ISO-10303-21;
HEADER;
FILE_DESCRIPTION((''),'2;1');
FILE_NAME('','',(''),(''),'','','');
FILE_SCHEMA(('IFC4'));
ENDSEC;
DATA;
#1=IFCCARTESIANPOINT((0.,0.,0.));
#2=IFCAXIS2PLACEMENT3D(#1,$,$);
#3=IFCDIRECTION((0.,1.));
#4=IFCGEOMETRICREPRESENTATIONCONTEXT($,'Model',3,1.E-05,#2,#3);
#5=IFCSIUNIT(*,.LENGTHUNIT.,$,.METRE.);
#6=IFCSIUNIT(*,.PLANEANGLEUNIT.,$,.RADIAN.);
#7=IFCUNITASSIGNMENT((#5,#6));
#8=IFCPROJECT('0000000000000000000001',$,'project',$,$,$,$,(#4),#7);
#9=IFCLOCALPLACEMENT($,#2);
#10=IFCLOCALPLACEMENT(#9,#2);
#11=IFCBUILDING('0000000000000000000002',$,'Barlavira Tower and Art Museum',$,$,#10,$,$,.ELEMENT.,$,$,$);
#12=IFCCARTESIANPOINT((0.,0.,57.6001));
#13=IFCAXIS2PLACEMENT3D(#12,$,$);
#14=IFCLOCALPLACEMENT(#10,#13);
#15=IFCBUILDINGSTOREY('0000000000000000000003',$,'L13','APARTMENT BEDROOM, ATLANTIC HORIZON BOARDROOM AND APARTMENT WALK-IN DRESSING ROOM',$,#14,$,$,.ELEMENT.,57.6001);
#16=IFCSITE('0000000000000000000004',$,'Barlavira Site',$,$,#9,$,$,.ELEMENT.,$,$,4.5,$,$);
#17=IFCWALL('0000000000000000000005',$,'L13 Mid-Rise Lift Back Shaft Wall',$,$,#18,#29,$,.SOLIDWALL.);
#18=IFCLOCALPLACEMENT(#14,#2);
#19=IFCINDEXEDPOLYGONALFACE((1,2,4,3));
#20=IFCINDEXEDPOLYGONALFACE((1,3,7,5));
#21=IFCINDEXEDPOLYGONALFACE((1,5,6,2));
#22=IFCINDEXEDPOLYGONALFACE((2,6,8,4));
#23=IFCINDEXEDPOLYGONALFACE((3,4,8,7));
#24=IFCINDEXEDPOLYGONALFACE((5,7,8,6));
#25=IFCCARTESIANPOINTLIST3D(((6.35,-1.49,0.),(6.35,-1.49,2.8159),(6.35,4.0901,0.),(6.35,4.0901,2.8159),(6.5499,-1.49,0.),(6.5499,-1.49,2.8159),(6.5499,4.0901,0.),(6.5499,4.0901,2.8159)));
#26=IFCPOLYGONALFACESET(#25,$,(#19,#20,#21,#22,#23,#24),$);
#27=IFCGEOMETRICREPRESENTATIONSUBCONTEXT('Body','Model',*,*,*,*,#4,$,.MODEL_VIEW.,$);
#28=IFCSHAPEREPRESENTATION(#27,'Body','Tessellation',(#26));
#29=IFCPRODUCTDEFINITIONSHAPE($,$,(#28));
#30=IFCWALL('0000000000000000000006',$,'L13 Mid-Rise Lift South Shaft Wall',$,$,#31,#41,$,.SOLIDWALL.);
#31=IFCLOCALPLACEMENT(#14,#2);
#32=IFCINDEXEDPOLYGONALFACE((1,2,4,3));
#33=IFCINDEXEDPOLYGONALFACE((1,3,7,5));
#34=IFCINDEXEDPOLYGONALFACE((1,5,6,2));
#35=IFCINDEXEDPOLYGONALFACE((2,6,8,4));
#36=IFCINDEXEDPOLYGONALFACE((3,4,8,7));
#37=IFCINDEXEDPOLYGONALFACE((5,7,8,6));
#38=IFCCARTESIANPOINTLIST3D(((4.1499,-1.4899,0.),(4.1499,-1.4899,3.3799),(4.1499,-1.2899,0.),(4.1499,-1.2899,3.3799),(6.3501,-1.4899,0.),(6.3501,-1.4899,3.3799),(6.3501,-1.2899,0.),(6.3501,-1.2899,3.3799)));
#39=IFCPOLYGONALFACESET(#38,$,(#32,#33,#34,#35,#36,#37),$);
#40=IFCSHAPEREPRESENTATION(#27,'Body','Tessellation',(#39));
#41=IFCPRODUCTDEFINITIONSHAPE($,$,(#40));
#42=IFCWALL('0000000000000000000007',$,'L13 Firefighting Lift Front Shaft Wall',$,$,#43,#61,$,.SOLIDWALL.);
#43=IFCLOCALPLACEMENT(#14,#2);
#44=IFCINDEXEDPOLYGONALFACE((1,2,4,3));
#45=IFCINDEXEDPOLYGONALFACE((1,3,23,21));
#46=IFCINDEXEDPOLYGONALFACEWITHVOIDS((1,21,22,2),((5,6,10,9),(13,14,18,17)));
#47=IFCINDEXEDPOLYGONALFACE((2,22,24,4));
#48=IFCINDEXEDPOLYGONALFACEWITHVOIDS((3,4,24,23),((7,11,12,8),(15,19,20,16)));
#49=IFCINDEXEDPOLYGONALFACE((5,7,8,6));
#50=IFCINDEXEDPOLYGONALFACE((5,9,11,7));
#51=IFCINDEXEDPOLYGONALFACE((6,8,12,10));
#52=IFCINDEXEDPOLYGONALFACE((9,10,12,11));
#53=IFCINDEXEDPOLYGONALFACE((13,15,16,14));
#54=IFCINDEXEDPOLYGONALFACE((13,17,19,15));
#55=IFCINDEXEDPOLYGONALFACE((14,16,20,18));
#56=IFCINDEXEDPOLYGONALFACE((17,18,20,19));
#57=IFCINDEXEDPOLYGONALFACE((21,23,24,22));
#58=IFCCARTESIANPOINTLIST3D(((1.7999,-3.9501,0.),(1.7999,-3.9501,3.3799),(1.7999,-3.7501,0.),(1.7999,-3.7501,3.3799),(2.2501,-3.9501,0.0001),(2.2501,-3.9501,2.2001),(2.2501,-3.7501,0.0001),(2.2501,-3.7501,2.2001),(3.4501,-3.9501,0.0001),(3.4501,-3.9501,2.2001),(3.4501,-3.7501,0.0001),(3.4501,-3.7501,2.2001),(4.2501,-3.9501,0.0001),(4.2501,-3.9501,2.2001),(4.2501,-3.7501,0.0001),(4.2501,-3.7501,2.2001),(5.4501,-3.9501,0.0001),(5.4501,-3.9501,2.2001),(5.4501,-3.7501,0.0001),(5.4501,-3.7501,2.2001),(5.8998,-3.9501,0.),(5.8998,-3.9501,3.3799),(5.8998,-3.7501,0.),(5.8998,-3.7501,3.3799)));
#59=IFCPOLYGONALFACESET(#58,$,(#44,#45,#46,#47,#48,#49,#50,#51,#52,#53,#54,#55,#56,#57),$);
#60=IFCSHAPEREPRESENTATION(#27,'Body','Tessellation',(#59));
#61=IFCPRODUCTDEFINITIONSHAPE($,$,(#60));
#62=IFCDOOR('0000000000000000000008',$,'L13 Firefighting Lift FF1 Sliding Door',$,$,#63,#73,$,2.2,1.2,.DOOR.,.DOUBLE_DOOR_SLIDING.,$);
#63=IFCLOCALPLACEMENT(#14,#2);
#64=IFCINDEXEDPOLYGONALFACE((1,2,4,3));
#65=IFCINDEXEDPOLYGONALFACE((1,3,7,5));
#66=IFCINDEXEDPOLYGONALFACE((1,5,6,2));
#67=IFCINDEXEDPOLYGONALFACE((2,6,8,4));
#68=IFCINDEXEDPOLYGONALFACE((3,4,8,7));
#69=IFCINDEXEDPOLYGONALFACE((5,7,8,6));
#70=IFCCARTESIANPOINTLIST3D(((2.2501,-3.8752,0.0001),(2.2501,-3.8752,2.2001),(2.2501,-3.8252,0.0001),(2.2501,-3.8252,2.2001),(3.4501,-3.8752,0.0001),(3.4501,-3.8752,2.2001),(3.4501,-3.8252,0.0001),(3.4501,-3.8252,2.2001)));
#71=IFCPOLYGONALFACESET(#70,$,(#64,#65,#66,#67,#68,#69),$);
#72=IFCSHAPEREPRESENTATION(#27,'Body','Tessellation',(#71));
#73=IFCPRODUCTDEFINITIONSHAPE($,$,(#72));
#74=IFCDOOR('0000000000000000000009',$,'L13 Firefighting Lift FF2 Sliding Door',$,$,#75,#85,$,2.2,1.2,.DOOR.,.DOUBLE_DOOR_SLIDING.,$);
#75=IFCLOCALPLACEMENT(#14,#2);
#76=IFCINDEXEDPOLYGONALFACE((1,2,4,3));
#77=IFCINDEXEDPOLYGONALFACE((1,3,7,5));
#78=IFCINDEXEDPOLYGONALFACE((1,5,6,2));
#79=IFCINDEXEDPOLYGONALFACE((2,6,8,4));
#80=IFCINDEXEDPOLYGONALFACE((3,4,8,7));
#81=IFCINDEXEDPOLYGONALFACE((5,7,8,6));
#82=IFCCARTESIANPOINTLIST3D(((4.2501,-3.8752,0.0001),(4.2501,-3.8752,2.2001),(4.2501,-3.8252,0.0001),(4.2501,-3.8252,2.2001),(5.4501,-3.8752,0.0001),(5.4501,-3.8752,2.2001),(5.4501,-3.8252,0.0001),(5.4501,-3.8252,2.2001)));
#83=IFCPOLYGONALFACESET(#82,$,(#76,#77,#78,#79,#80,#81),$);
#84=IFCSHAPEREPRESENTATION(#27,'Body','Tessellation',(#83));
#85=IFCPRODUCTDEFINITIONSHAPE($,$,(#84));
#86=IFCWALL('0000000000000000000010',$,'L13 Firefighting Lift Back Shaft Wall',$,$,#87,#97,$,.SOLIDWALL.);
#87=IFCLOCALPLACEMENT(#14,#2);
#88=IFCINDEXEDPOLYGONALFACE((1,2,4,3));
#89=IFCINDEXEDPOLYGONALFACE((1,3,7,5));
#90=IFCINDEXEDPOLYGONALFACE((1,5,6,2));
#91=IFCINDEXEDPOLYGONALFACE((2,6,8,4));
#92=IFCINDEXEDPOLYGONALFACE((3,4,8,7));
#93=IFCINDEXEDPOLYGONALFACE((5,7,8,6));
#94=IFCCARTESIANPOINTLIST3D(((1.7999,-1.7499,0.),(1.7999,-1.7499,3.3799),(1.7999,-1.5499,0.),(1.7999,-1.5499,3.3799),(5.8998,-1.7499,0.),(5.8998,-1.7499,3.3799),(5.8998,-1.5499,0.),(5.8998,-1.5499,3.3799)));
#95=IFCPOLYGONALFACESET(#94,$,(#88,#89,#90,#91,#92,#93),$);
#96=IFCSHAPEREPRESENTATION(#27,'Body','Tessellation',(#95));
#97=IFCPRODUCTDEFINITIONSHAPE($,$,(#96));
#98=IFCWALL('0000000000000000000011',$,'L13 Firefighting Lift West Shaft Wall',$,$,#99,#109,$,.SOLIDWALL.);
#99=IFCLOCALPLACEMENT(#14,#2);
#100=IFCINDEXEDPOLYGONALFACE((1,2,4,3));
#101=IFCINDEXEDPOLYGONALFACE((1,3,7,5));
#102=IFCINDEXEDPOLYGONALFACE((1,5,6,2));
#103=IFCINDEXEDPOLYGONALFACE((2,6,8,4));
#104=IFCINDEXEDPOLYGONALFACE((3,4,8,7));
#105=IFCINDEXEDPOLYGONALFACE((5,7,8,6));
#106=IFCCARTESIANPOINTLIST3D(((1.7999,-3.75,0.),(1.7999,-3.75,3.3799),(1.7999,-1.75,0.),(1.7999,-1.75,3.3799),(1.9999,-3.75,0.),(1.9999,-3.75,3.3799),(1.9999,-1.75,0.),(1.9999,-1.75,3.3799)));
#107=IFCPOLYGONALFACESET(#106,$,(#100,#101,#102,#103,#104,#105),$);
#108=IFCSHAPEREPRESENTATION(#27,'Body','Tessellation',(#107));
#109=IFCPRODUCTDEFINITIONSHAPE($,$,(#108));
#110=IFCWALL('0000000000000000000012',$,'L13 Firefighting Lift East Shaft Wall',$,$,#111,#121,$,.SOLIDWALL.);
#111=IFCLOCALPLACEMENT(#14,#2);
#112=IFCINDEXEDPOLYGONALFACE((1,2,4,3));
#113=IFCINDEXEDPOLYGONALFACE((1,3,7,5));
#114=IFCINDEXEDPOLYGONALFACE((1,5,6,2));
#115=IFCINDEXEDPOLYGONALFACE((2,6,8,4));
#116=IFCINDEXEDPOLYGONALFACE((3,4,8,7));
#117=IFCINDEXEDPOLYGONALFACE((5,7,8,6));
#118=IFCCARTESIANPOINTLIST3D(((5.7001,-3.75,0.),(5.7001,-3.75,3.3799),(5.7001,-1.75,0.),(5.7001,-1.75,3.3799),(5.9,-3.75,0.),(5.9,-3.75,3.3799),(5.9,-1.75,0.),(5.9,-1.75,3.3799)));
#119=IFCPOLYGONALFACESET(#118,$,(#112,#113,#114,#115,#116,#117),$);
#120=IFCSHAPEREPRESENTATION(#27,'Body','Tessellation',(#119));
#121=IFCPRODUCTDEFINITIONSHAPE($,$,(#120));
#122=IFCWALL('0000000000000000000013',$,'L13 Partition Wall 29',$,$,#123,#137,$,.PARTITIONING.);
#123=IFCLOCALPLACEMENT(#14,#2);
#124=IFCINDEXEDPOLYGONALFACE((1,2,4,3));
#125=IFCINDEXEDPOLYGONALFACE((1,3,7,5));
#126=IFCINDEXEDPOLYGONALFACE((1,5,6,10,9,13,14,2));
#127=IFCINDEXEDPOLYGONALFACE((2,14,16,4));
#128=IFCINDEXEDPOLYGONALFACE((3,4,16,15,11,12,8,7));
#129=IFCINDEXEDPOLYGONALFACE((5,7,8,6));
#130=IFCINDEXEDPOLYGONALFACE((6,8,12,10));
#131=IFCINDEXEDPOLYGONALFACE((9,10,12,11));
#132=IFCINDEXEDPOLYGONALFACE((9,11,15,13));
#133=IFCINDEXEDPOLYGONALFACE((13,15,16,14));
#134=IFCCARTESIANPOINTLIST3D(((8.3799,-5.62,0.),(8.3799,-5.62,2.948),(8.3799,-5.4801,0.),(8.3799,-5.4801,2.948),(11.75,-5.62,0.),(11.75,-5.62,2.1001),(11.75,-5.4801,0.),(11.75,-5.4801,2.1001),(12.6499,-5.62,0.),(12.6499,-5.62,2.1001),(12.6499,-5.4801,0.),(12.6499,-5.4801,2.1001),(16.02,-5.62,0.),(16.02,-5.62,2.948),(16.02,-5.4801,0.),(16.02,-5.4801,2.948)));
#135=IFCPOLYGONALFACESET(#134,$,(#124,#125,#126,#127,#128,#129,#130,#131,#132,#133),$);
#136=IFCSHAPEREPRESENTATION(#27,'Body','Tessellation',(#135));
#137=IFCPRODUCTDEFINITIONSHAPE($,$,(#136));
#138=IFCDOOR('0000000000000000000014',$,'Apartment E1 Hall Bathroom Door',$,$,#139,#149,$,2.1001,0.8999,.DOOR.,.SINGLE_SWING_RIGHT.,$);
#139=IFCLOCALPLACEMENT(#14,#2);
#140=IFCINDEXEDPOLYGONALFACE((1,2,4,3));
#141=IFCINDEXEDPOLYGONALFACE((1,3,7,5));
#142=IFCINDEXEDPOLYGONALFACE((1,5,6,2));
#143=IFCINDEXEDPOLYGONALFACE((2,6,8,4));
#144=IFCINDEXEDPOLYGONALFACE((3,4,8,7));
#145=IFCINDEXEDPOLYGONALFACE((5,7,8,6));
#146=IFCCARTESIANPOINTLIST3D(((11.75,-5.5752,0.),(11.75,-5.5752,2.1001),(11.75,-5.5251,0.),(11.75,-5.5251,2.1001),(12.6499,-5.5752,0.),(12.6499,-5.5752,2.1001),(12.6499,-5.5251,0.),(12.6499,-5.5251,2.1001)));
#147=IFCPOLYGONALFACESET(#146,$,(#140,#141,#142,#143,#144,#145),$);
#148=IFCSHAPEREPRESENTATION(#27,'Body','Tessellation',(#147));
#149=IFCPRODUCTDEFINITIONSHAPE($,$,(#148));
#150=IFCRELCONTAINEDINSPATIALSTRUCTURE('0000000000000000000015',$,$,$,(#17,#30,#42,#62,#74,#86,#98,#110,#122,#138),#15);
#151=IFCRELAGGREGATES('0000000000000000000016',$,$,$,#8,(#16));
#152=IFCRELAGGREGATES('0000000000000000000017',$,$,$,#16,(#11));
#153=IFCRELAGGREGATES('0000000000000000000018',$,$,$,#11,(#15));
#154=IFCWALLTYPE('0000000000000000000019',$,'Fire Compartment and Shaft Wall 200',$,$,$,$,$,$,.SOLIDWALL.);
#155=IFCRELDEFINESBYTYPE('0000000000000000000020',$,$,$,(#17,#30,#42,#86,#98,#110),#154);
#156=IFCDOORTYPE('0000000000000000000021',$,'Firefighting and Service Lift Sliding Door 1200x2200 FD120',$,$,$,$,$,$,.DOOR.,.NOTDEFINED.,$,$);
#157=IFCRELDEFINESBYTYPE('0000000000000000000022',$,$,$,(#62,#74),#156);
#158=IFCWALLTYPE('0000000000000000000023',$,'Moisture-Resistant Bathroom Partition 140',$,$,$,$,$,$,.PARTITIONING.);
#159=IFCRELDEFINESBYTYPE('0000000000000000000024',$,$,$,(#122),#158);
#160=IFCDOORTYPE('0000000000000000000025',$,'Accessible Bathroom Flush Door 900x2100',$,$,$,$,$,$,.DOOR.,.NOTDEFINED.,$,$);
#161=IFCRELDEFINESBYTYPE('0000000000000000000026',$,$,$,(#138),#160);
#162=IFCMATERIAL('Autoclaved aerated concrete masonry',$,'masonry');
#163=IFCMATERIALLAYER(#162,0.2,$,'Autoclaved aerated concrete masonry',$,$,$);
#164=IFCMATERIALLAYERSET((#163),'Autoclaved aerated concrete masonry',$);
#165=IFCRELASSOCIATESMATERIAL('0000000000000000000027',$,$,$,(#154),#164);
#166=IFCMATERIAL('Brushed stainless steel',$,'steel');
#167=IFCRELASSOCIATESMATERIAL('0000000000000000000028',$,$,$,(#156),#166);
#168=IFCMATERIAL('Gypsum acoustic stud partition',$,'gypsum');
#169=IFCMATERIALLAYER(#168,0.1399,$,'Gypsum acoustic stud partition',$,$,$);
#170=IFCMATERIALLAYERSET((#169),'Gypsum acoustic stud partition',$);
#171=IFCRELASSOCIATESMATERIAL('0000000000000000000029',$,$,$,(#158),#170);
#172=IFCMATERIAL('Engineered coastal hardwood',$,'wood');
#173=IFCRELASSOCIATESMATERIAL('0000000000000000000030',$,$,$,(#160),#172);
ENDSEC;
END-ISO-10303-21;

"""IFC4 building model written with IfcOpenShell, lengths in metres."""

from ifc_helpers import new_model, si_unit, direction, frame, frame_2d, origin, place, context, subcontext, project, spatial, rectangle, extrude, material, layer, layer_set, type_object, element, fill, save


model = new_model("IFC4")

# Units and contexts
model_context = context("Model", 3, precision=1e-05, world=origin(), true_north=direction((0.0, 1.0)))
body_context = subcontext(model_context, "Body", "Model", "MODEL_VIEW")
ifc_project = project(units=[si_unit("LENGTHUNIT", "METRE"), si_unit("PLANEANGLEUNIT", "RADIAN")], contexts=[model_context])

# Site, building, storey
site_placement = place(None, origin())
site = spatial("IfcSite", under=ifc_project, at=site_placement, Name="Barlavira Site", CompositionType="ELEMENT", RefElevation=4.5)
building_placement = place(site_placement, origin())
building = spatial("IfcBuilding", under=site, at=building_placement, Name="Barlavira Tower and Art Museum", CompositionType="ELEMENT")
storey_placement = place(building_placement, frame((0.0, 0.0, 57.6001)))
storey = spatial("IfcBuildingStorey", under=building, at=storey_placement, Name="L13", Description="APARTMENT BEDROOM, ATLANTIC HORIZON BOARDROOM AND APARTMENT WALK-IN DRESSING ROOM", CompositionType="ELEMENT", Elevation=57.6001)

# Shared definitions
ifc_material_1 = material(Name="Gypsum acoustic stud partition", Category="gypsum")
ifc_material_2 = material(Name="Engineered coastal hardwood", Category="wood")
ifc_material_3 = material(Name="Brushed stainless steel", Category="steel")

# Walls
ifc_material_4 = material(Name="Autoclaved aerated concrete masonry", Category="masonry")
ifc_layer_1 = layer(ifc_material_4, 0.2, Name="Autoclaved aerated concrete masonry")
ifc_layer_set_1 = layer_set([ifc_layer_1], Name="Autoclaved aerated concrete masonry")
wall_type_1 = type_object("IfcWallType", Name="Fire Compartment and Shaft Wall 200", PredefinedType="SOLIDWALL", material=ifc_layer_set_1)
wall_1_placement = place(storey_placement, frame((6.45, -1.49, 0.0), z_axis=(0.0, 0.0, 1.0), x_axis=(0.0, 1.0, 0.0)))
element("IfcWall", 1, at=wall_1_placement, inside=storey, type_object=wall_type_1, Name="L13 Mid-Rise Lift Back Shaft Wall", PredefinedType="SOLIDWALL", context=body_context, shape_type="SweptSolid", body=[
    extrude(rectangle(XDim=5.5801, YDim=0.2, at=frame_2d((2.79, 0.0))), origin(), (0.0, 0.0, 1.0), 2.8159),
])
wall_2_placement = place(storey_placement, frame((4.1499, -1.3899, 0.0), z_axis=(0.0, 0.0, 1.0), x_axis=(1.0, 0.0, 0.0)))
element("IfcWall", 2, at=wall_2_placement, inside=storey, type_object=wall_type_1, Name="L13 Mid-Rise Lift South Shaft Wall", PredefinedType="SOLIDWALL", context=body_context, shape_type="SweptSolid", body=[
    extrude(rectangle(XDim=2.2002, YDim=0.2, at=frame_2d((1.1001, 0.0))), origin(), (0.0, 0.0, 1.0), 3.3799),
])

# Wall, openings, doors
wall_3_placement = place(storey_placement, frame((1.8, -3.8501, 0.0), z_axis=(0.0, 0.0, 1.0), x_axis=(1.0, 0.0, 0.0)))
wall_3 = element("IfcWall", 3, at=wall_3_placement, inside=storey, type_object=wall_type_1, Name="L13 Firefighting Lift Front Shaft Wall", PredefinedType="SOLIDWALL", context=body_context, shape_type="SweptSolid", body=[
    extrude(rectangle(XDim=4.0999, YDim=0.2, at=frame_2d((2.0498, 0.0))), origin(), (0.0, 0.0, 1.0), 3.3799),
])
opening_1_placement = place(wall_3_placement, frame((0.45, 0.0, 0.0)))
opening_1 = element("IfcOpeningElement", 4, at=opening_1_placement, cuts=wall_3, PredefinedType="OPENING", context=body_context, shape_type="SweptSolid", body=[
    extrude(rectangle(XDim=1.2, YDim=2.2, at=frame_2d((0.6001, 1.1001))), frame((0.0, 0.1099, 0.0), z_axis=(0.0, -1.0, 0.0), x_axis=(1.0, 0.0, 0.0)), (0.0, 0.0, 1.0), 0.22),
])
opening_2_placement = place(wall_3_placement, frame((2.45, 0.0, 0.0)))
opening_2 = element("IfcOpeningElement", 5, at=opening_2_placement, cuts=wall_3, PredefinedType="OPENING", context=body_context, shape_type="SweptSolid", body=[
    extrude(rectangle(XDim=1.2, YDim=2.2, at=frame_2d((0.6001, 1.1001))), frame((0.0, 0.1099, 0.0), z_axis=(0.0, -1.0, 0.0), x_axis=(1.0, 0.0, 0.0)), (0.0, 0.0, 1.0), 0.22),
])
door_type_1 = type_object("IfcDoorType", Name="Firefighting and Service Lift Sliding Door 1200x2200 FD120", OperationType="NOTDEFINED", PredefinedType="DOOR", material=ifc_material_3)
door_1_placement = place(opening_1_placement, origin())
door_1 = element("IfcDoor", 6, at=door_1_placement, inside=storey, type_object=door_type_1, Name="L13 Firefighting Lift FF1 Sliding Door", OperationType="DOUBLE_DOOR_SLIDING", OverallHeight=2.2, OverallWidth=1.2, PredefinedType="DOOR", context=body_context, shape_type="SweptSolid", body=[
    extrude(rectangle(XDim=1.2, YDim=2.2, at=frame_2d((0.6001, 1.1001))), frame((0.0, 0.0249, 0.0), z_axis=(0.0, -1.0, 0.0), x_axis=(1.0, 0.0, 0.0)), (0.0, 0.0, 1.0), 0.05),
])
fill(opening_1, door_1)
door_2_placement = place(opening_2_placement, origin())
door_2 = element("IfcDoor", 7, at=door_2_placement, inside=storey, type_object=door_type_1, Name="L13 Firefighting Lift FF2 Sliding Door", OperationType="DOUBLE_DOOR_SLIDING", OverallHeight=2.2, OverallWidth=1.2, PredefinedType="DOOR", context=body_context, shape_type="SweptSolid", body=[
    extrude(rectangle(XDim=1.2, YDim=2.2, at=frame_2d((0.6001, 1.1001))), frame((0.0, 0.0249, 0.0), z_axis=(0.0, -1.0, 0.0), x_axis=(1.0, 0.0, 0.0)), (0.0, 0.0, 1.0), 0.05),
])
fill(opening_2, door_2)

# Walls
wall_4_placement = place(storey_placement, frame((1.8, -1.6499, 0.0), z_axis=(0.0, 0.0, 1.0), x_axis=(1.0, 0.0, 0.0)))
element("IfcWall", 8, at=wall_4_placement, inside=storey, type_object=wall_type_1, Name="L13 Firefighting Lift Back Shaft Wall", PredefinedType="SOLIDWALL", context=body_context, shape_type="SweptSolid", body=[
    extrude(rectangle(XDim=4.0999, YDim=0.2, at=frame_2d((2.0498, 0.0))), origin(), (0.0, 0.0, 1.0), 3.3799),
])
for number, where, z_axis, x_axis, name in (
    (9, (1.8999, -3.75, 0.0), (0.0, 0.0, 1.0), (0.0, 1.0, 0.0), "L13 Firefighting Lift West Shaft Wall"),
    (10, (5.8, -3.75, 0.0), (0.0, 0.0, 1.0), (0.0, 1.0, 0.0), "L13 Firefighting Lift East Shaft Wall"),
):
    element("IfcWall", number, at=place(storey_placement, frame(where, z_axis=z_axis, x_axis=x_axis)), inside=storey, type_object=wall_type_1, Name=name, PredefinedType="SOLIDWALL", context=body_context, shape_type="SweptSolid", body=[
        extrude(rectangle(XDim=2.0, YDim=0.2, at=frame_2d((1.0, 0.0))), origin(), (0.0, 0.0, 1.0), 3.3799),
    ])

# Wall, opening, door
ifc_layer_2 = layer(ifc_material_1, 0.1399, Name="Gypsum acoustic stud partition")
ifc_layer_set_2 = layer_set([ifc_layer_2], Name="Gypsum acoustic stud partition")
wall_type_2 = type_object("IfcWallType", Name="Moisture-Resistant Bathroom Partition 140", PredefinedType="PARTITIONING", material=ifc_layer_set_2)
wall_5_placement = place(storey_placement, frame((8.3799, -5.55, 0.0), z_axis=(0.0, 0.0, 1.0), x_axis=(1.0, 0.0, 0.0)))
wall_5 = element("IfcWall", 11, at=wall_5_placement, inside=storey, type_object=wall_type_2, Name="L13 Partition Wall 29", PredefinedType="PARTITIONING", context=body_context, shape_type="SweptSolid", body=[
    extrude(rectangle(XDim=7.6401, YDim=0.1399, at=frame_2d((3.8201, 0.0))), origin(), (0.0, 0.0, 1.0), 2.948),
])
opening_3_placement = place(wall_5_placement, frame((3.3701, 0.0, 0.0)))
opening_3 = element("IfcOpeningElement", 12, at=opening_3_placement, cuts=wall_5, PredefinedType="OPENING", context=body_context, shape_type="SweptSolid", body=[
    extrude(rectangle(XDim=0.8999, YDim=2.1001, at=frame_2d((0.45, 1.05))), frame((0.0, 0.0801, 0.0), z_axis=(0.0, -1.0, 0.0), x_axis=(1.0, 0.0, 0.0)), (0.0, 0.0, 1.0), 0.1599),
])
door_type_2 = type_object("IfcDoorType", Name="Accessible Bathroom Flush Door 900x2100", OperationType="NOTDEFINED", PredefinedType="DOOR", material=ifc_material_2)
door_3_placement = place(opening_3_placement, origin())
door_3 = element("IfcDoor", 13, at=door_3_placement, inside=storey, type_object=door_type_2, Name="Apartment E1 Hall Bathroom Door", OperationType="SINGLE_SWING_RIGHT", OverallHeight=2.1001, OverallWidth=0.8999, PredefinedType="DOOR", context=body_context, shape_type="SweptSolid", body=[
    extrude(rectangle(XDim=0.8999, YDim=2.1001, at=frame_2d((0.45, 1.05))), frame((0.0, 0.0249, 0.0), z_axis=(0.0, -1.0, 0.0), x_axis=(1.0, 0.0, 0.0)), (0.0, 0.0, 1.0), 0.05),
])
fill(opening_3, door_3)

save(model, "model.ifc")
